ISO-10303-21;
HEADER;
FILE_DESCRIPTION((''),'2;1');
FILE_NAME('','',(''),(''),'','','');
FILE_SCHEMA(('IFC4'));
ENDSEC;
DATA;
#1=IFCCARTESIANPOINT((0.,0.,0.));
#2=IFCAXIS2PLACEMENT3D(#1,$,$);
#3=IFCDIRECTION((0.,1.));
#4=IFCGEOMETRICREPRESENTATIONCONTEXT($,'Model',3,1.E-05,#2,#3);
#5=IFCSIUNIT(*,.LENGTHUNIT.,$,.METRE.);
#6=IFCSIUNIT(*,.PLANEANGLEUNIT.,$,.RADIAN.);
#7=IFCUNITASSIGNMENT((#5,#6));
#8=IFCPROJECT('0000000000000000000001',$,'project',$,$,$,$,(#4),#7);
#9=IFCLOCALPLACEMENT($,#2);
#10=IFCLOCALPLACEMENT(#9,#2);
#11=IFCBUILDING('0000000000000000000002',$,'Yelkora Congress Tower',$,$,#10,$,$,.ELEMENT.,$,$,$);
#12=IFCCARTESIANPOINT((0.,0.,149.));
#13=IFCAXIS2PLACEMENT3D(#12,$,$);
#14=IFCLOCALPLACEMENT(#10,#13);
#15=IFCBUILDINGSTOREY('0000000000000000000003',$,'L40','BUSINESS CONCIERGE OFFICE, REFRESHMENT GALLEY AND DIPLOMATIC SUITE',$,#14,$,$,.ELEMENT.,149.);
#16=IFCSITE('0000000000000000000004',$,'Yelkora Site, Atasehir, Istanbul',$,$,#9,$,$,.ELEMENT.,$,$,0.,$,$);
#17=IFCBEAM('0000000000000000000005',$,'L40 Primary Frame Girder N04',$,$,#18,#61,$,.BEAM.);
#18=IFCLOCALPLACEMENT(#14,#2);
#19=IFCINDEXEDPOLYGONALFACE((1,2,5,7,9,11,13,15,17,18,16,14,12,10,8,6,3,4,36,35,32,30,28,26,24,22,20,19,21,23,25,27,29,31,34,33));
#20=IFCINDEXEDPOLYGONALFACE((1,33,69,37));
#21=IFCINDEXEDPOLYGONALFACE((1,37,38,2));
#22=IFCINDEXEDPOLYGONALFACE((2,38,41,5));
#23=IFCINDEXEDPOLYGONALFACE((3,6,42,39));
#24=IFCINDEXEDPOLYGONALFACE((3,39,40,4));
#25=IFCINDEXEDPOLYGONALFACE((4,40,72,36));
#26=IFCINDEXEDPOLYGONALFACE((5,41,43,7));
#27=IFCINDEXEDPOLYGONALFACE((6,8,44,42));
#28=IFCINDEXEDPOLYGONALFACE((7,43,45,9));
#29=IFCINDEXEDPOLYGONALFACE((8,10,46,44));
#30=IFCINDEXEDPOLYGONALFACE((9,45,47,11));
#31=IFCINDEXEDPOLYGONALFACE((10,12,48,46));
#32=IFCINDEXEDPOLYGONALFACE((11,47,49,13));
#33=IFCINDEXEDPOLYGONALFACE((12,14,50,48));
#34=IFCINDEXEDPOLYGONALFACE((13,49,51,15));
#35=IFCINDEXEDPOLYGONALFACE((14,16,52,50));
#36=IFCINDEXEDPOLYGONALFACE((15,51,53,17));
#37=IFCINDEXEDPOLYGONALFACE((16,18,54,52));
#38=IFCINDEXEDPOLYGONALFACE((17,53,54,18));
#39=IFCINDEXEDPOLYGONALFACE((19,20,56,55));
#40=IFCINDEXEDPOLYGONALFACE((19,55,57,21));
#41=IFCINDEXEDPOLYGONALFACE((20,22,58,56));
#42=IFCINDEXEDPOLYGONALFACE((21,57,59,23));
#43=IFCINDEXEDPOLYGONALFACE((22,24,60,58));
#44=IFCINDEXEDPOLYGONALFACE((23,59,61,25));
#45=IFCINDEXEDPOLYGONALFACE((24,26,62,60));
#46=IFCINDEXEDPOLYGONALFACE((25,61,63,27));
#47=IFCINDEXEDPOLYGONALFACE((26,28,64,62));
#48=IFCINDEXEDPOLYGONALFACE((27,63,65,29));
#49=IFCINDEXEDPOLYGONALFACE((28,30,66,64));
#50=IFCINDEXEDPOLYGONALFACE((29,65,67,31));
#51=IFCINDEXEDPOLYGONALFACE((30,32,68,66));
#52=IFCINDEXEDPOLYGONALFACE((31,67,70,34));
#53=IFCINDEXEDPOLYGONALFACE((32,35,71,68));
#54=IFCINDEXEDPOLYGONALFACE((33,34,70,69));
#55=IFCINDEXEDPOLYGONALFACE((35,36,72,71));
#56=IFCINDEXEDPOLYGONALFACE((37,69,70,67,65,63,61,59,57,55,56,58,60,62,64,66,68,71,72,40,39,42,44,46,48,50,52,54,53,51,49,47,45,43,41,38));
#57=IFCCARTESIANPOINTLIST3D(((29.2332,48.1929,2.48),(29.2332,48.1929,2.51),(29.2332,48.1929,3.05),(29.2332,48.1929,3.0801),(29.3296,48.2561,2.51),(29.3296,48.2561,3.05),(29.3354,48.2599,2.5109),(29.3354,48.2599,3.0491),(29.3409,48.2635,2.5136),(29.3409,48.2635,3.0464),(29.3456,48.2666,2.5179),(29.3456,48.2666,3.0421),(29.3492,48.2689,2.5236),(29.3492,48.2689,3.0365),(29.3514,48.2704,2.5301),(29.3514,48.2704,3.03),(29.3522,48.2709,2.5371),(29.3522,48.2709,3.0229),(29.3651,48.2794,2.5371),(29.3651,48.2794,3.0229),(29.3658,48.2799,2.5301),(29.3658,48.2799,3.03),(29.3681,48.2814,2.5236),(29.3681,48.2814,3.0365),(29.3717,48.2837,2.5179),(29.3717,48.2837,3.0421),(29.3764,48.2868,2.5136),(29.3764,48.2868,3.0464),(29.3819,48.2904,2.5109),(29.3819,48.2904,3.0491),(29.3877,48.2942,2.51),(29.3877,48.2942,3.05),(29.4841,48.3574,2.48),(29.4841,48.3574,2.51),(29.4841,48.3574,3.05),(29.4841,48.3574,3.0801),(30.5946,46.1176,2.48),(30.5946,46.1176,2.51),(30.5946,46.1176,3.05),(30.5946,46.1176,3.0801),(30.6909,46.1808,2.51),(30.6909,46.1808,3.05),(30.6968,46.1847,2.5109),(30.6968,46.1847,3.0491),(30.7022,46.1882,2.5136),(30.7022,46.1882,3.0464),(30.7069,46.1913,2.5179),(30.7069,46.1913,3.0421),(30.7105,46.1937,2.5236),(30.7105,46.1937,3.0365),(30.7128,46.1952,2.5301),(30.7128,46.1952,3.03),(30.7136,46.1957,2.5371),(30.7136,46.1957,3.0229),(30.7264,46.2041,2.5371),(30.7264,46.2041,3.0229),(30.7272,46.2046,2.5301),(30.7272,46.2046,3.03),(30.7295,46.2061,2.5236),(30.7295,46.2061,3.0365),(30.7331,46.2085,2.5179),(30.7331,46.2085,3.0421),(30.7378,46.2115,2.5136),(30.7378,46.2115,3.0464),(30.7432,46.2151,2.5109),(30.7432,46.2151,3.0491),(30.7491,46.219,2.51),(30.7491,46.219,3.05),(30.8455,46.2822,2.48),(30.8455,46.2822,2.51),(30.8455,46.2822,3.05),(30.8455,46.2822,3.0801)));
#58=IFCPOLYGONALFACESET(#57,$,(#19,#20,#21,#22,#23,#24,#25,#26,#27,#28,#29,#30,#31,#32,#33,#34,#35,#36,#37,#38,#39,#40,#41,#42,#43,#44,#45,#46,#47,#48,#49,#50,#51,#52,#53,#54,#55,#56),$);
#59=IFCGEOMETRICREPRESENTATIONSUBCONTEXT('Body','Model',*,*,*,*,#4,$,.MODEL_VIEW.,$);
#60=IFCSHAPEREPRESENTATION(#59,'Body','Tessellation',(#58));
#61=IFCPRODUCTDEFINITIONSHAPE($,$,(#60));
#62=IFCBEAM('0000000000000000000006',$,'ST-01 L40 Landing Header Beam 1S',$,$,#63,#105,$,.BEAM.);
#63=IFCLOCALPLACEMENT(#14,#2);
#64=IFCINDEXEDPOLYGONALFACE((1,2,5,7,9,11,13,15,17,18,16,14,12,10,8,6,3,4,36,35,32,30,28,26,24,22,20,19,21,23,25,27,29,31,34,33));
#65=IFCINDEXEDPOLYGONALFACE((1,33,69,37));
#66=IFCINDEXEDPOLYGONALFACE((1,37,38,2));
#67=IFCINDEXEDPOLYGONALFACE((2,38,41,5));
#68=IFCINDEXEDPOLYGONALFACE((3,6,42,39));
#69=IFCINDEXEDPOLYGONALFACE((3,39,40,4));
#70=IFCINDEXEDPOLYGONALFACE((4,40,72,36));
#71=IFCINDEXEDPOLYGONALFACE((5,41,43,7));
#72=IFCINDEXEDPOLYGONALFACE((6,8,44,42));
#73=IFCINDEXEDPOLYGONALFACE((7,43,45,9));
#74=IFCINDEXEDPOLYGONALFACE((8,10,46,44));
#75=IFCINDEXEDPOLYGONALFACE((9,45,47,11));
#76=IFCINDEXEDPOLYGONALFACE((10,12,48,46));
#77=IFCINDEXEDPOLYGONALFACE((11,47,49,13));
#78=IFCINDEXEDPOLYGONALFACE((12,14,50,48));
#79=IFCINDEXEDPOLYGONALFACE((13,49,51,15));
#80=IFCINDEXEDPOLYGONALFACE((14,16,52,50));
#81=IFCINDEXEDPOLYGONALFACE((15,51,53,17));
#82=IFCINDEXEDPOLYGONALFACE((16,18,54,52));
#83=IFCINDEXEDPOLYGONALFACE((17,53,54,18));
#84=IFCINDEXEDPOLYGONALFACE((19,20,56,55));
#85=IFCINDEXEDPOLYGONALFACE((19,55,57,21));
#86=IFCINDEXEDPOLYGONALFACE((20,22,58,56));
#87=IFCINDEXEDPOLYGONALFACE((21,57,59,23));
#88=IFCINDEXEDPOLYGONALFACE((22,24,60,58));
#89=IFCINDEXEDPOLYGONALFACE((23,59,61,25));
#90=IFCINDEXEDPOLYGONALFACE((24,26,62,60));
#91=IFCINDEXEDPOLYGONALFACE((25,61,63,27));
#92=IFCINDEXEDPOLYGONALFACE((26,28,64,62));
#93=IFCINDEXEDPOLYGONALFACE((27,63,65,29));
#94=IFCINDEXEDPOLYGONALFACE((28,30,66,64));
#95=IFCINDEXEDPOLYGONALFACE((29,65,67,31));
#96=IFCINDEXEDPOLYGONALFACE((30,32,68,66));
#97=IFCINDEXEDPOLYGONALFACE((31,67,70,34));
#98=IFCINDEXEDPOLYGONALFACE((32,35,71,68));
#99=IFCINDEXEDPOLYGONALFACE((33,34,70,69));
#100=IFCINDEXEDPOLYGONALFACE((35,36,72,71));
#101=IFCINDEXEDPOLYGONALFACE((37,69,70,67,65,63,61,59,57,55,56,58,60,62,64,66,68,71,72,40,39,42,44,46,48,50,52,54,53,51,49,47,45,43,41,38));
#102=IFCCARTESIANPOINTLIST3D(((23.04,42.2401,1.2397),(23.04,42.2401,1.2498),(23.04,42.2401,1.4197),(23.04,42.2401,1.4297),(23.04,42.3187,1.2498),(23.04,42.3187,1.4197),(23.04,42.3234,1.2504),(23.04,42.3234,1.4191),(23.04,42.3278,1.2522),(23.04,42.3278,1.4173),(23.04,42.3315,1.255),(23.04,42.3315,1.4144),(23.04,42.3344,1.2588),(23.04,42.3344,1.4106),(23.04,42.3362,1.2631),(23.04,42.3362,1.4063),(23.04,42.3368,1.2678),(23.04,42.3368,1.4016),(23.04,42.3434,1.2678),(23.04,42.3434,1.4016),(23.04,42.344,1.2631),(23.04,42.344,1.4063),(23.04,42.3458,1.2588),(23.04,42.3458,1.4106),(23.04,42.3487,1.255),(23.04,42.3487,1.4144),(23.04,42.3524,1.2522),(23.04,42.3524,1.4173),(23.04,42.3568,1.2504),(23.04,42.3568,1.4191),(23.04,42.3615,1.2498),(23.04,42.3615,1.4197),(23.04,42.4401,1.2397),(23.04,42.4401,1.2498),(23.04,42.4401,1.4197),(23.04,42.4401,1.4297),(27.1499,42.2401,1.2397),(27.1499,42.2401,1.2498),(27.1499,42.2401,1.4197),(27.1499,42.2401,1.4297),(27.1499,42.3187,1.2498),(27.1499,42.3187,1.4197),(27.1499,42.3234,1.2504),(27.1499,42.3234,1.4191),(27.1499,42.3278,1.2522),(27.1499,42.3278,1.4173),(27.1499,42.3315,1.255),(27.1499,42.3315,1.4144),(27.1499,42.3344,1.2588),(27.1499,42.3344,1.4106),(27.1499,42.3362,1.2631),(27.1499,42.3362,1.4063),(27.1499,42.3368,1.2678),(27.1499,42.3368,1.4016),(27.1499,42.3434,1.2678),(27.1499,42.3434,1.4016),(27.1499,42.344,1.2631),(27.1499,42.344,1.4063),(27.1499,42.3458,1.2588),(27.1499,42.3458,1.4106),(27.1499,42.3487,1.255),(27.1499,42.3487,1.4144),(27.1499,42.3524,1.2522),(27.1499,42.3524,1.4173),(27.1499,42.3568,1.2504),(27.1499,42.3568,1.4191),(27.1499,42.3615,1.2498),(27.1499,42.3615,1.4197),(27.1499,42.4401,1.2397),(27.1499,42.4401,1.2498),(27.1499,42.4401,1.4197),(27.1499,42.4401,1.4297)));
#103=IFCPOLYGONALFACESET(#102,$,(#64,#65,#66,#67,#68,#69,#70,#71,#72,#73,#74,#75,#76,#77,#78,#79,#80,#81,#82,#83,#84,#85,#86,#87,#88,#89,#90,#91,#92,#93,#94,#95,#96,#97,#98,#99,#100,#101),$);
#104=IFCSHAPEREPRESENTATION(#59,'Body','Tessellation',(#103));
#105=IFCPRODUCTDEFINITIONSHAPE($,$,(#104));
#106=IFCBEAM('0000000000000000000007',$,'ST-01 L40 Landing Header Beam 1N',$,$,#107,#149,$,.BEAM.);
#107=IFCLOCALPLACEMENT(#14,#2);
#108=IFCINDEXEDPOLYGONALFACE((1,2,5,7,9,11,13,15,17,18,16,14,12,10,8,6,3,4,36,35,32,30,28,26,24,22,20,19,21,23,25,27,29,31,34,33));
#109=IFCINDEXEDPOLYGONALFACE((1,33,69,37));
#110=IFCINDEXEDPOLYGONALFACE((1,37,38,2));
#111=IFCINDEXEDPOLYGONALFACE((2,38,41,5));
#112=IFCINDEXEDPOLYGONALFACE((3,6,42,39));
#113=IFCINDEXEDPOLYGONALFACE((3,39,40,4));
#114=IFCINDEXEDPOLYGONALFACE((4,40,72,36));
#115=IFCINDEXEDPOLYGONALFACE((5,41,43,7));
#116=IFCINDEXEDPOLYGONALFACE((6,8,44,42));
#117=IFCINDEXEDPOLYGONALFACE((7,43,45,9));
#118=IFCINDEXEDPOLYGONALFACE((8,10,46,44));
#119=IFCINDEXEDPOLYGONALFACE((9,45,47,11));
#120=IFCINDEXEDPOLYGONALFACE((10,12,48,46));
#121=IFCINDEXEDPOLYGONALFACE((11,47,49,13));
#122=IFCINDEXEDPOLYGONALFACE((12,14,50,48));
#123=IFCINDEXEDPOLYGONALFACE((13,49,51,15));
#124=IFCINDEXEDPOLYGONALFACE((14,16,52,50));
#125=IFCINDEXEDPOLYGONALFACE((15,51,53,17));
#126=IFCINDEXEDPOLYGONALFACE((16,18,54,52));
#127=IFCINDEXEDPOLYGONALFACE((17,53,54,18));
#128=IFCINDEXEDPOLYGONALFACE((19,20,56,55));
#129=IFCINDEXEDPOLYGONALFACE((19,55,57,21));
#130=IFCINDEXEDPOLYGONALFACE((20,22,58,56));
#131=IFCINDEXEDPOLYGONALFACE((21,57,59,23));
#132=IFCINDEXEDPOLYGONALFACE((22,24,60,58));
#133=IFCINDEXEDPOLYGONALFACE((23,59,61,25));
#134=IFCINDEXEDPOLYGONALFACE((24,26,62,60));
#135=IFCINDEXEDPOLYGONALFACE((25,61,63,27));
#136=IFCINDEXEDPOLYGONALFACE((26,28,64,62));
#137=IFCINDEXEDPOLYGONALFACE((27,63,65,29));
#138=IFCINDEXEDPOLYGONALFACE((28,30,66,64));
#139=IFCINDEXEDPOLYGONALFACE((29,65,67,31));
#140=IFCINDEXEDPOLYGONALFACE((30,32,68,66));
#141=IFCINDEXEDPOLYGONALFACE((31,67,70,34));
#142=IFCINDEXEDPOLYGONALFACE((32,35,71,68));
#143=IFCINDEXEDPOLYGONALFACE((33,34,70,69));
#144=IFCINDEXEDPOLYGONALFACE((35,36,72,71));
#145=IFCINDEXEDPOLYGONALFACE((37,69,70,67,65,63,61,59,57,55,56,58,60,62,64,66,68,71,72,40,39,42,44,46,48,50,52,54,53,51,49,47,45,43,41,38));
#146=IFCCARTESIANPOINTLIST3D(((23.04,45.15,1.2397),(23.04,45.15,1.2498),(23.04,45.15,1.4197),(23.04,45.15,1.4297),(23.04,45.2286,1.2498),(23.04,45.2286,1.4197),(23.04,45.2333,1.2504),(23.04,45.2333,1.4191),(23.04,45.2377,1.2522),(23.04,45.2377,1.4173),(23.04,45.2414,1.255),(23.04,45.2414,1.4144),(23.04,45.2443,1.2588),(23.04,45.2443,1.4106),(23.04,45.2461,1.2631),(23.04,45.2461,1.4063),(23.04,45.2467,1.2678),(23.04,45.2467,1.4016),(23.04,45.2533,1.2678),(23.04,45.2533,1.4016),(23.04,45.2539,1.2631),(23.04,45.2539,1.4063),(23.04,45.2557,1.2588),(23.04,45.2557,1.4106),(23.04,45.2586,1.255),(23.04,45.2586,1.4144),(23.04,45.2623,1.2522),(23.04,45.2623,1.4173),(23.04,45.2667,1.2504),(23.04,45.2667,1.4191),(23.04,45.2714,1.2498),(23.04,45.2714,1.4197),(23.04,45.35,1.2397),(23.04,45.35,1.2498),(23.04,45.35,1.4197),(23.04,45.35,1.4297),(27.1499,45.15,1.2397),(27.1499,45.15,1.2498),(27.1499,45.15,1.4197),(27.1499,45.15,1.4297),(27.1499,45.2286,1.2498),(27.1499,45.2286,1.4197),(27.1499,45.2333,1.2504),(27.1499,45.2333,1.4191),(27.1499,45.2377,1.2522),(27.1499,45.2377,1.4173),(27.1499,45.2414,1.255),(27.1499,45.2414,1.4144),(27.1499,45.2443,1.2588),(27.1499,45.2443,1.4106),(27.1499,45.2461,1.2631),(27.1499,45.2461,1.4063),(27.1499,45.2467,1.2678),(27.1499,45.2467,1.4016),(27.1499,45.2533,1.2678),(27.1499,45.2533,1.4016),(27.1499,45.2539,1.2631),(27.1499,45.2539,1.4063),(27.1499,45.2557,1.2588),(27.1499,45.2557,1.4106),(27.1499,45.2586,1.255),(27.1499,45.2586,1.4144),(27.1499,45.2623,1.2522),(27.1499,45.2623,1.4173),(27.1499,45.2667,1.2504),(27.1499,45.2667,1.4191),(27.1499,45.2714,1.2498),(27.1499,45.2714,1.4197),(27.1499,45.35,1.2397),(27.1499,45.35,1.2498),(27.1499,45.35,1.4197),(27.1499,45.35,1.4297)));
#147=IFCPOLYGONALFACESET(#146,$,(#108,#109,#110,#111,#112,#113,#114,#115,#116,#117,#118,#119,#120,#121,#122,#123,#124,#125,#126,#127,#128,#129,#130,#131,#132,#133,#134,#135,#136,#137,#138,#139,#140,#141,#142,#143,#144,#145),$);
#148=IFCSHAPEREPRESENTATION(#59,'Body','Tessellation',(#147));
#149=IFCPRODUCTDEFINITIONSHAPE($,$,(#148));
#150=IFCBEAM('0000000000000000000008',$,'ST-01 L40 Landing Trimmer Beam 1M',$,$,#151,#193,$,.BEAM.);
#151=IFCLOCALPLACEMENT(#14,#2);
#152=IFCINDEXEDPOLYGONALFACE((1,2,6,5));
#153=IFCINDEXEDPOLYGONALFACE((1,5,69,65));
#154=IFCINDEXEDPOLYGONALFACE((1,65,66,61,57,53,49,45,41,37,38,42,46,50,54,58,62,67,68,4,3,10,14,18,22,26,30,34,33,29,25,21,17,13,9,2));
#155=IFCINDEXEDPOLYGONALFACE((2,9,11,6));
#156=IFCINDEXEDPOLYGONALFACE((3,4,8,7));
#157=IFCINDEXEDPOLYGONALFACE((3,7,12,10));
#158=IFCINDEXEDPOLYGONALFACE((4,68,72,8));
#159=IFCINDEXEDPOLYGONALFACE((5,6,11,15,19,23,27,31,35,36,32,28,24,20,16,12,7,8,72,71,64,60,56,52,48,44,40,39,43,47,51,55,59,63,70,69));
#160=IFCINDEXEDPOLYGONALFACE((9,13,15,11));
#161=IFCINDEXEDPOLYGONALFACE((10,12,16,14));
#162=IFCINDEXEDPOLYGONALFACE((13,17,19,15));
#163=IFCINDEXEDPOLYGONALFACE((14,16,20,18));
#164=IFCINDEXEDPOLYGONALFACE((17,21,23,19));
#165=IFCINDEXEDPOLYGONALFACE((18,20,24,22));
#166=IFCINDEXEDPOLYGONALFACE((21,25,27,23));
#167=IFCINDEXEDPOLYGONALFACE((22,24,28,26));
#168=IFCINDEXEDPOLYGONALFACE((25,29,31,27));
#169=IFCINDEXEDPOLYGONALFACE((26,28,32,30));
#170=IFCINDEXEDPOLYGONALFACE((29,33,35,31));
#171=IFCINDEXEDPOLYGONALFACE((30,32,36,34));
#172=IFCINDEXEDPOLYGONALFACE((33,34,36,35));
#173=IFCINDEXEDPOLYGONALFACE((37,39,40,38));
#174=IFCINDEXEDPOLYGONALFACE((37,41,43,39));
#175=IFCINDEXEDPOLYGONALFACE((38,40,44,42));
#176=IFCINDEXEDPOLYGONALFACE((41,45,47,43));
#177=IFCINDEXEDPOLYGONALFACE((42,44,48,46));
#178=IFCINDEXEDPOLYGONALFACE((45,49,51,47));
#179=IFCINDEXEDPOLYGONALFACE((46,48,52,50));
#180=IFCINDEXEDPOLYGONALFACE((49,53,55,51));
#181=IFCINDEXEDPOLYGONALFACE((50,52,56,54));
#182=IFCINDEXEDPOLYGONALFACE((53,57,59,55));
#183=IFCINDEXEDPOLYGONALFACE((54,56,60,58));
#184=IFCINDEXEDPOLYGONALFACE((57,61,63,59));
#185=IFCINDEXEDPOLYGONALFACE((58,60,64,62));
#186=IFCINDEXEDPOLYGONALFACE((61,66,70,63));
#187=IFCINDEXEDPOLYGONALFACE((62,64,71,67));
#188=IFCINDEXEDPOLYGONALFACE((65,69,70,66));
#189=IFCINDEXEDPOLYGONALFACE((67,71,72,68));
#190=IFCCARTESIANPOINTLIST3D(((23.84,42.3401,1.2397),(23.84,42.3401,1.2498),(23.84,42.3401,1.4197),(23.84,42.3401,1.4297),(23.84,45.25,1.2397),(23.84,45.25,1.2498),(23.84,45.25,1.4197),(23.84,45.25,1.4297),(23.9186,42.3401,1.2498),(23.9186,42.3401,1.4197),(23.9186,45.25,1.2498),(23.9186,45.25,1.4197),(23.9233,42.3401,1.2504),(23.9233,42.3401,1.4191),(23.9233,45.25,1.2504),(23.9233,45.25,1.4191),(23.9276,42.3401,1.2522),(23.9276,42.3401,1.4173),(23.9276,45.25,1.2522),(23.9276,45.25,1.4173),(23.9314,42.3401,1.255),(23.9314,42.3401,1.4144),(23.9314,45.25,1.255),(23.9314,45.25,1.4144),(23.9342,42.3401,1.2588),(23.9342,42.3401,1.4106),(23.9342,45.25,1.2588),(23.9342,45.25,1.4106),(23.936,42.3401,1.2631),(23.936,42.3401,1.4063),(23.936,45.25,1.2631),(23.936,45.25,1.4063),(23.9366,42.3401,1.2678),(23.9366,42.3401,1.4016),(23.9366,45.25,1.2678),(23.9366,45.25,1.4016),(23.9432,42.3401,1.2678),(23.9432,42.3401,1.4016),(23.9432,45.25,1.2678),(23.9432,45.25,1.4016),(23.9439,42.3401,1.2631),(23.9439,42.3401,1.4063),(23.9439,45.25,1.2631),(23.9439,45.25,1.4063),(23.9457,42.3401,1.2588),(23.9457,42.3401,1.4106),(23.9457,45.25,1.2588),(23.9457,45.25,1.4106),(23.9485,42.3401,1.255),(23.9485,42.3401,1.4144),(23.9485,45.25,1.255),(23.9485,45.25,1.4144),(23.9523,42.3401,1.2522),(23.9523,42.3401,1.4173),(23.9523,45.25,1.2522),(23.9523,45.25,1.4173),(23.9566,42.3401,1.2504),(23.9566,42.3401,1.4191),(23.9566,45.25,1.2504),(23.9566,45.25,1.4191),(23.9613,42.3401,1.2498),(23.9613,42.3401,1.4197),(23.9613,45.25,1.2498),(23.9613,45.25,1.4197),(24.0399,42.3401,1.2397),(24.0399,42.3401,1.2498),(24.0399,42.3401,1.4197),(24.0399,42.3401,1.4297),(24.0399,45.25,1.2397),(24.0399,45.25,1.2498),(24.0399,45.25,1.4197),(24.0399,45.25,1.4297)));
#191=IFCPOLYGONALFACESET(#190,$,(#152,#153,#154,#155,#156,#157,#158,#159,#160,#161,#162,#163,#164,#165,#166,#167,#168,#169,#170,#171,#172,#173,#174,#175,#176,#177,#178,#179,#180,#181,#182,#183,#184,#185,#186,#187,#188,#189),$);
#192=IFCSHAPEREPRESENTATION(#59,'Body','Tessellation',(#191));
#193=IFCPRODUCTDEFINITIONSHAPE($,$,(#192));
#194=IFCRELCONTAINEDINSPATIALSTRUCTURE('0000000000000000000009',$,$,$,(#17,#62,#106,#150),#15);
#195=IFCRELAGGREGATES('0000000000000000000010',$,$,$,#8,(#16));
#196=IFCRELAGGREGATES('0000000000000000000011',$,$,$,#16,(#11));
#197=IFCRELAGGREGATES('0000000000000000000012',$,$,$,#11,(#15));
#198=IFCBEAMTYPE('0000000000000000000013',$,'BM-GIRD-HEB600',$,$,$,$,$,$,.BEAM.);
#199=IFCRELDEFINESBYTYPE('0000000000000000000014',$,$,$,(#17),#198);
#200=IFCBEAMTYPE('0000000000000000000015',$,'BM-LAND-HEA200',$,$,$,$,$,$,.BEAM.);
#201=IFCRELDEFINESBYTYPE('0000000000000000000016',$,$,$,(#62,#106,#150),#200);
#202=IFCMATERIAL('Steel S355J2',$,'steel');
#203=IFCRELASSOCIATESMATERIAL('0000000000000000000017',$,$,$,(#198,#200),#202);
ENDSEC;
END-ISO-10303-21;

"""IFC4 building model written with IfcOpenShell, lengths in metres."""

from ifc_helpers import new_model, si_unit, direction, frame, origin, origin_2d, place, context, subcontext, project, spatial, i_section, extrude, material, material_profile, profile_set, type_object, element, save


model = new_model("IFC4")

# Units and contexts
model_context = context("Model", 3, precision=1e-05, world=origin(), true_north=direction((0.0, 1.0)))
body_context = subcontext(model_context, "Body", "Model", "MODEL_VIEW")
ifc_project = project(units=[si_unit("LENGTHUNIT", "METRE"), si_unit("PLANEANGLEUNIT", "RADIAN")], contexts=[model_context])

# Site, building, storey
site_placement = place(None, origin())
site = spatial("IfcSite", under=ifc_project, at=site_placement, Name="Yelkora Site, Atasehir, Istanbul", CompositionType="ELEMENT", RefElevation=0.0)
building_placement = place(site_placement, origin())
building = spatial("IfcBuilding", under=site, at=building_placement, Name="Yelkora Congress Tower", CompositionType="ELEMENT")
storey_placement = place(building_placement, frame((0.0, 0.0, 149.0)))
storey = spatial("IfcBuildingStorey", under=building, at=storey_placement, Name="L40", Description="BUSINESS CONCIERGE OFFICE, REFRESHMENT GALLEY AND DIPLOMATIC SUITE", CompositionType="ELEMENT", Elevation=149.0)

# Beams
ifc_material_1 = material(Name="Steel S355J2", Category="steel")
ifc_material_profile_1 = material_profile(ifc_material_1, i_section(OverallWidth=0.3, OverallDepth=0.6001, WebThickness=0.0154, FlangeThickness=0.03, FilletRadius=0.0271, at=origin_2d()), Name="HEB 600")
ifc_profile_set_1 = profile_set([ifc_material_profile_1], Name="Steel S355J2")
beam_type_1 = type_object("IfcBeamType", Name="BM-GIRD-HEB600", PredefinedType="BEAM", material=ifc_profile_set_1)
beam_1_placement = place(storey_placement, frame((29.3586, 48.2751, 2.78), z_axis=(0.54851, -0.836144, 0.0), x_axis=(0.836144, 0.54851, 0.0)))
element("IfcBeam", 1, at=beam_1_placement, inside=storey, type_object=beam_type_1, Name="L40 Primary Frame Girder N04", PredefinedType="BEAM", context=body_context, shape_type="SweptSolid", body=[
    extrude(i_section(OverallWidth=0.3, OverallDepth=0.6001, WebThickness=0.0154, FlangeThickness=0.03, FilletRadius=0.0271, at=origin_2d()), origin(), (0.0, 0.0, 1.0), 2.4819),
])
ifc_material_profile_2 = material_profile(ifc_material_1, i_section(OverallWidth=0.2, OverallDepth=0.1899, WebThickness=0.0066, FlangeThickness=0.01, FilletRadius=0.0181, at=origin_2d()), Name="HEA 200")
ifc_profile_set_2 = profile_set([ifc_material_profile_2], Name="Steel S355J2")
beam_type_2 = type_object("IfcBeamType", Name="BM-LAND-HEA200", PredefinedType="BEAM", material=ifc_profile_set_2)
for number, where, z_axis, x_axis, name in (
    (2, (23.04, 42.3401, 1.3347), (1.0, 0.0, 0.0), (0.0, 1.0, 0.0), "ST-01 L40 Landing Header Beam 1S"),
    (3, (23.04, 45.25, 1.3347), (1.0, 0.0, 0.0), (0.0, 1.0, 0.0), "ST-01 L40 Landing Header Beam 1N"),
):
    element("IfcBeam", number, at=place(storey_placement, frame(where, z_axis=z_axis, x_axis=x_axis)), inside=storey, type_object=beam_type_2, Name=name, PredefinedType="BEAM", context=body_context, shape_type="SweptSolid", body=[
        extrude(i_section(OverallWidth=0.2, OverallDepth=0.1899, WebThickness=0.0066, FlangeThickness=0.01, FilletRadius=0.0181, at=origin_2d()), origin(), (0.0, 0.0, 1.0), 4.1099),
    ])
beam_2_placement = place(storey_placement, frame((23.9399, 42.3401, 1.3347), z_axis=(0.0, 1.0, 0.0), x_axis=(-1.0, 0.0, 0.0)))
element("IfcBeam", 4, at=beam_2_placement, inside=storey, type_object=beam_type_2, Name="ST-01 L40 Landing Trimmer Beam 1M", PredefinedType="BEAM", context=body_context, shape_type="SweptSolid", body=[
    extrude(i_section(OverallWidth=0.2, OverallDepth=0.1899, WebThickness=0.0066, FlangeThickness=0.01, FilletRadius=0.0181, at=origin_2d()), origin(), (0.0, 0.0, 1.0), 2.9099),
])

save(model, "model.ifc")
